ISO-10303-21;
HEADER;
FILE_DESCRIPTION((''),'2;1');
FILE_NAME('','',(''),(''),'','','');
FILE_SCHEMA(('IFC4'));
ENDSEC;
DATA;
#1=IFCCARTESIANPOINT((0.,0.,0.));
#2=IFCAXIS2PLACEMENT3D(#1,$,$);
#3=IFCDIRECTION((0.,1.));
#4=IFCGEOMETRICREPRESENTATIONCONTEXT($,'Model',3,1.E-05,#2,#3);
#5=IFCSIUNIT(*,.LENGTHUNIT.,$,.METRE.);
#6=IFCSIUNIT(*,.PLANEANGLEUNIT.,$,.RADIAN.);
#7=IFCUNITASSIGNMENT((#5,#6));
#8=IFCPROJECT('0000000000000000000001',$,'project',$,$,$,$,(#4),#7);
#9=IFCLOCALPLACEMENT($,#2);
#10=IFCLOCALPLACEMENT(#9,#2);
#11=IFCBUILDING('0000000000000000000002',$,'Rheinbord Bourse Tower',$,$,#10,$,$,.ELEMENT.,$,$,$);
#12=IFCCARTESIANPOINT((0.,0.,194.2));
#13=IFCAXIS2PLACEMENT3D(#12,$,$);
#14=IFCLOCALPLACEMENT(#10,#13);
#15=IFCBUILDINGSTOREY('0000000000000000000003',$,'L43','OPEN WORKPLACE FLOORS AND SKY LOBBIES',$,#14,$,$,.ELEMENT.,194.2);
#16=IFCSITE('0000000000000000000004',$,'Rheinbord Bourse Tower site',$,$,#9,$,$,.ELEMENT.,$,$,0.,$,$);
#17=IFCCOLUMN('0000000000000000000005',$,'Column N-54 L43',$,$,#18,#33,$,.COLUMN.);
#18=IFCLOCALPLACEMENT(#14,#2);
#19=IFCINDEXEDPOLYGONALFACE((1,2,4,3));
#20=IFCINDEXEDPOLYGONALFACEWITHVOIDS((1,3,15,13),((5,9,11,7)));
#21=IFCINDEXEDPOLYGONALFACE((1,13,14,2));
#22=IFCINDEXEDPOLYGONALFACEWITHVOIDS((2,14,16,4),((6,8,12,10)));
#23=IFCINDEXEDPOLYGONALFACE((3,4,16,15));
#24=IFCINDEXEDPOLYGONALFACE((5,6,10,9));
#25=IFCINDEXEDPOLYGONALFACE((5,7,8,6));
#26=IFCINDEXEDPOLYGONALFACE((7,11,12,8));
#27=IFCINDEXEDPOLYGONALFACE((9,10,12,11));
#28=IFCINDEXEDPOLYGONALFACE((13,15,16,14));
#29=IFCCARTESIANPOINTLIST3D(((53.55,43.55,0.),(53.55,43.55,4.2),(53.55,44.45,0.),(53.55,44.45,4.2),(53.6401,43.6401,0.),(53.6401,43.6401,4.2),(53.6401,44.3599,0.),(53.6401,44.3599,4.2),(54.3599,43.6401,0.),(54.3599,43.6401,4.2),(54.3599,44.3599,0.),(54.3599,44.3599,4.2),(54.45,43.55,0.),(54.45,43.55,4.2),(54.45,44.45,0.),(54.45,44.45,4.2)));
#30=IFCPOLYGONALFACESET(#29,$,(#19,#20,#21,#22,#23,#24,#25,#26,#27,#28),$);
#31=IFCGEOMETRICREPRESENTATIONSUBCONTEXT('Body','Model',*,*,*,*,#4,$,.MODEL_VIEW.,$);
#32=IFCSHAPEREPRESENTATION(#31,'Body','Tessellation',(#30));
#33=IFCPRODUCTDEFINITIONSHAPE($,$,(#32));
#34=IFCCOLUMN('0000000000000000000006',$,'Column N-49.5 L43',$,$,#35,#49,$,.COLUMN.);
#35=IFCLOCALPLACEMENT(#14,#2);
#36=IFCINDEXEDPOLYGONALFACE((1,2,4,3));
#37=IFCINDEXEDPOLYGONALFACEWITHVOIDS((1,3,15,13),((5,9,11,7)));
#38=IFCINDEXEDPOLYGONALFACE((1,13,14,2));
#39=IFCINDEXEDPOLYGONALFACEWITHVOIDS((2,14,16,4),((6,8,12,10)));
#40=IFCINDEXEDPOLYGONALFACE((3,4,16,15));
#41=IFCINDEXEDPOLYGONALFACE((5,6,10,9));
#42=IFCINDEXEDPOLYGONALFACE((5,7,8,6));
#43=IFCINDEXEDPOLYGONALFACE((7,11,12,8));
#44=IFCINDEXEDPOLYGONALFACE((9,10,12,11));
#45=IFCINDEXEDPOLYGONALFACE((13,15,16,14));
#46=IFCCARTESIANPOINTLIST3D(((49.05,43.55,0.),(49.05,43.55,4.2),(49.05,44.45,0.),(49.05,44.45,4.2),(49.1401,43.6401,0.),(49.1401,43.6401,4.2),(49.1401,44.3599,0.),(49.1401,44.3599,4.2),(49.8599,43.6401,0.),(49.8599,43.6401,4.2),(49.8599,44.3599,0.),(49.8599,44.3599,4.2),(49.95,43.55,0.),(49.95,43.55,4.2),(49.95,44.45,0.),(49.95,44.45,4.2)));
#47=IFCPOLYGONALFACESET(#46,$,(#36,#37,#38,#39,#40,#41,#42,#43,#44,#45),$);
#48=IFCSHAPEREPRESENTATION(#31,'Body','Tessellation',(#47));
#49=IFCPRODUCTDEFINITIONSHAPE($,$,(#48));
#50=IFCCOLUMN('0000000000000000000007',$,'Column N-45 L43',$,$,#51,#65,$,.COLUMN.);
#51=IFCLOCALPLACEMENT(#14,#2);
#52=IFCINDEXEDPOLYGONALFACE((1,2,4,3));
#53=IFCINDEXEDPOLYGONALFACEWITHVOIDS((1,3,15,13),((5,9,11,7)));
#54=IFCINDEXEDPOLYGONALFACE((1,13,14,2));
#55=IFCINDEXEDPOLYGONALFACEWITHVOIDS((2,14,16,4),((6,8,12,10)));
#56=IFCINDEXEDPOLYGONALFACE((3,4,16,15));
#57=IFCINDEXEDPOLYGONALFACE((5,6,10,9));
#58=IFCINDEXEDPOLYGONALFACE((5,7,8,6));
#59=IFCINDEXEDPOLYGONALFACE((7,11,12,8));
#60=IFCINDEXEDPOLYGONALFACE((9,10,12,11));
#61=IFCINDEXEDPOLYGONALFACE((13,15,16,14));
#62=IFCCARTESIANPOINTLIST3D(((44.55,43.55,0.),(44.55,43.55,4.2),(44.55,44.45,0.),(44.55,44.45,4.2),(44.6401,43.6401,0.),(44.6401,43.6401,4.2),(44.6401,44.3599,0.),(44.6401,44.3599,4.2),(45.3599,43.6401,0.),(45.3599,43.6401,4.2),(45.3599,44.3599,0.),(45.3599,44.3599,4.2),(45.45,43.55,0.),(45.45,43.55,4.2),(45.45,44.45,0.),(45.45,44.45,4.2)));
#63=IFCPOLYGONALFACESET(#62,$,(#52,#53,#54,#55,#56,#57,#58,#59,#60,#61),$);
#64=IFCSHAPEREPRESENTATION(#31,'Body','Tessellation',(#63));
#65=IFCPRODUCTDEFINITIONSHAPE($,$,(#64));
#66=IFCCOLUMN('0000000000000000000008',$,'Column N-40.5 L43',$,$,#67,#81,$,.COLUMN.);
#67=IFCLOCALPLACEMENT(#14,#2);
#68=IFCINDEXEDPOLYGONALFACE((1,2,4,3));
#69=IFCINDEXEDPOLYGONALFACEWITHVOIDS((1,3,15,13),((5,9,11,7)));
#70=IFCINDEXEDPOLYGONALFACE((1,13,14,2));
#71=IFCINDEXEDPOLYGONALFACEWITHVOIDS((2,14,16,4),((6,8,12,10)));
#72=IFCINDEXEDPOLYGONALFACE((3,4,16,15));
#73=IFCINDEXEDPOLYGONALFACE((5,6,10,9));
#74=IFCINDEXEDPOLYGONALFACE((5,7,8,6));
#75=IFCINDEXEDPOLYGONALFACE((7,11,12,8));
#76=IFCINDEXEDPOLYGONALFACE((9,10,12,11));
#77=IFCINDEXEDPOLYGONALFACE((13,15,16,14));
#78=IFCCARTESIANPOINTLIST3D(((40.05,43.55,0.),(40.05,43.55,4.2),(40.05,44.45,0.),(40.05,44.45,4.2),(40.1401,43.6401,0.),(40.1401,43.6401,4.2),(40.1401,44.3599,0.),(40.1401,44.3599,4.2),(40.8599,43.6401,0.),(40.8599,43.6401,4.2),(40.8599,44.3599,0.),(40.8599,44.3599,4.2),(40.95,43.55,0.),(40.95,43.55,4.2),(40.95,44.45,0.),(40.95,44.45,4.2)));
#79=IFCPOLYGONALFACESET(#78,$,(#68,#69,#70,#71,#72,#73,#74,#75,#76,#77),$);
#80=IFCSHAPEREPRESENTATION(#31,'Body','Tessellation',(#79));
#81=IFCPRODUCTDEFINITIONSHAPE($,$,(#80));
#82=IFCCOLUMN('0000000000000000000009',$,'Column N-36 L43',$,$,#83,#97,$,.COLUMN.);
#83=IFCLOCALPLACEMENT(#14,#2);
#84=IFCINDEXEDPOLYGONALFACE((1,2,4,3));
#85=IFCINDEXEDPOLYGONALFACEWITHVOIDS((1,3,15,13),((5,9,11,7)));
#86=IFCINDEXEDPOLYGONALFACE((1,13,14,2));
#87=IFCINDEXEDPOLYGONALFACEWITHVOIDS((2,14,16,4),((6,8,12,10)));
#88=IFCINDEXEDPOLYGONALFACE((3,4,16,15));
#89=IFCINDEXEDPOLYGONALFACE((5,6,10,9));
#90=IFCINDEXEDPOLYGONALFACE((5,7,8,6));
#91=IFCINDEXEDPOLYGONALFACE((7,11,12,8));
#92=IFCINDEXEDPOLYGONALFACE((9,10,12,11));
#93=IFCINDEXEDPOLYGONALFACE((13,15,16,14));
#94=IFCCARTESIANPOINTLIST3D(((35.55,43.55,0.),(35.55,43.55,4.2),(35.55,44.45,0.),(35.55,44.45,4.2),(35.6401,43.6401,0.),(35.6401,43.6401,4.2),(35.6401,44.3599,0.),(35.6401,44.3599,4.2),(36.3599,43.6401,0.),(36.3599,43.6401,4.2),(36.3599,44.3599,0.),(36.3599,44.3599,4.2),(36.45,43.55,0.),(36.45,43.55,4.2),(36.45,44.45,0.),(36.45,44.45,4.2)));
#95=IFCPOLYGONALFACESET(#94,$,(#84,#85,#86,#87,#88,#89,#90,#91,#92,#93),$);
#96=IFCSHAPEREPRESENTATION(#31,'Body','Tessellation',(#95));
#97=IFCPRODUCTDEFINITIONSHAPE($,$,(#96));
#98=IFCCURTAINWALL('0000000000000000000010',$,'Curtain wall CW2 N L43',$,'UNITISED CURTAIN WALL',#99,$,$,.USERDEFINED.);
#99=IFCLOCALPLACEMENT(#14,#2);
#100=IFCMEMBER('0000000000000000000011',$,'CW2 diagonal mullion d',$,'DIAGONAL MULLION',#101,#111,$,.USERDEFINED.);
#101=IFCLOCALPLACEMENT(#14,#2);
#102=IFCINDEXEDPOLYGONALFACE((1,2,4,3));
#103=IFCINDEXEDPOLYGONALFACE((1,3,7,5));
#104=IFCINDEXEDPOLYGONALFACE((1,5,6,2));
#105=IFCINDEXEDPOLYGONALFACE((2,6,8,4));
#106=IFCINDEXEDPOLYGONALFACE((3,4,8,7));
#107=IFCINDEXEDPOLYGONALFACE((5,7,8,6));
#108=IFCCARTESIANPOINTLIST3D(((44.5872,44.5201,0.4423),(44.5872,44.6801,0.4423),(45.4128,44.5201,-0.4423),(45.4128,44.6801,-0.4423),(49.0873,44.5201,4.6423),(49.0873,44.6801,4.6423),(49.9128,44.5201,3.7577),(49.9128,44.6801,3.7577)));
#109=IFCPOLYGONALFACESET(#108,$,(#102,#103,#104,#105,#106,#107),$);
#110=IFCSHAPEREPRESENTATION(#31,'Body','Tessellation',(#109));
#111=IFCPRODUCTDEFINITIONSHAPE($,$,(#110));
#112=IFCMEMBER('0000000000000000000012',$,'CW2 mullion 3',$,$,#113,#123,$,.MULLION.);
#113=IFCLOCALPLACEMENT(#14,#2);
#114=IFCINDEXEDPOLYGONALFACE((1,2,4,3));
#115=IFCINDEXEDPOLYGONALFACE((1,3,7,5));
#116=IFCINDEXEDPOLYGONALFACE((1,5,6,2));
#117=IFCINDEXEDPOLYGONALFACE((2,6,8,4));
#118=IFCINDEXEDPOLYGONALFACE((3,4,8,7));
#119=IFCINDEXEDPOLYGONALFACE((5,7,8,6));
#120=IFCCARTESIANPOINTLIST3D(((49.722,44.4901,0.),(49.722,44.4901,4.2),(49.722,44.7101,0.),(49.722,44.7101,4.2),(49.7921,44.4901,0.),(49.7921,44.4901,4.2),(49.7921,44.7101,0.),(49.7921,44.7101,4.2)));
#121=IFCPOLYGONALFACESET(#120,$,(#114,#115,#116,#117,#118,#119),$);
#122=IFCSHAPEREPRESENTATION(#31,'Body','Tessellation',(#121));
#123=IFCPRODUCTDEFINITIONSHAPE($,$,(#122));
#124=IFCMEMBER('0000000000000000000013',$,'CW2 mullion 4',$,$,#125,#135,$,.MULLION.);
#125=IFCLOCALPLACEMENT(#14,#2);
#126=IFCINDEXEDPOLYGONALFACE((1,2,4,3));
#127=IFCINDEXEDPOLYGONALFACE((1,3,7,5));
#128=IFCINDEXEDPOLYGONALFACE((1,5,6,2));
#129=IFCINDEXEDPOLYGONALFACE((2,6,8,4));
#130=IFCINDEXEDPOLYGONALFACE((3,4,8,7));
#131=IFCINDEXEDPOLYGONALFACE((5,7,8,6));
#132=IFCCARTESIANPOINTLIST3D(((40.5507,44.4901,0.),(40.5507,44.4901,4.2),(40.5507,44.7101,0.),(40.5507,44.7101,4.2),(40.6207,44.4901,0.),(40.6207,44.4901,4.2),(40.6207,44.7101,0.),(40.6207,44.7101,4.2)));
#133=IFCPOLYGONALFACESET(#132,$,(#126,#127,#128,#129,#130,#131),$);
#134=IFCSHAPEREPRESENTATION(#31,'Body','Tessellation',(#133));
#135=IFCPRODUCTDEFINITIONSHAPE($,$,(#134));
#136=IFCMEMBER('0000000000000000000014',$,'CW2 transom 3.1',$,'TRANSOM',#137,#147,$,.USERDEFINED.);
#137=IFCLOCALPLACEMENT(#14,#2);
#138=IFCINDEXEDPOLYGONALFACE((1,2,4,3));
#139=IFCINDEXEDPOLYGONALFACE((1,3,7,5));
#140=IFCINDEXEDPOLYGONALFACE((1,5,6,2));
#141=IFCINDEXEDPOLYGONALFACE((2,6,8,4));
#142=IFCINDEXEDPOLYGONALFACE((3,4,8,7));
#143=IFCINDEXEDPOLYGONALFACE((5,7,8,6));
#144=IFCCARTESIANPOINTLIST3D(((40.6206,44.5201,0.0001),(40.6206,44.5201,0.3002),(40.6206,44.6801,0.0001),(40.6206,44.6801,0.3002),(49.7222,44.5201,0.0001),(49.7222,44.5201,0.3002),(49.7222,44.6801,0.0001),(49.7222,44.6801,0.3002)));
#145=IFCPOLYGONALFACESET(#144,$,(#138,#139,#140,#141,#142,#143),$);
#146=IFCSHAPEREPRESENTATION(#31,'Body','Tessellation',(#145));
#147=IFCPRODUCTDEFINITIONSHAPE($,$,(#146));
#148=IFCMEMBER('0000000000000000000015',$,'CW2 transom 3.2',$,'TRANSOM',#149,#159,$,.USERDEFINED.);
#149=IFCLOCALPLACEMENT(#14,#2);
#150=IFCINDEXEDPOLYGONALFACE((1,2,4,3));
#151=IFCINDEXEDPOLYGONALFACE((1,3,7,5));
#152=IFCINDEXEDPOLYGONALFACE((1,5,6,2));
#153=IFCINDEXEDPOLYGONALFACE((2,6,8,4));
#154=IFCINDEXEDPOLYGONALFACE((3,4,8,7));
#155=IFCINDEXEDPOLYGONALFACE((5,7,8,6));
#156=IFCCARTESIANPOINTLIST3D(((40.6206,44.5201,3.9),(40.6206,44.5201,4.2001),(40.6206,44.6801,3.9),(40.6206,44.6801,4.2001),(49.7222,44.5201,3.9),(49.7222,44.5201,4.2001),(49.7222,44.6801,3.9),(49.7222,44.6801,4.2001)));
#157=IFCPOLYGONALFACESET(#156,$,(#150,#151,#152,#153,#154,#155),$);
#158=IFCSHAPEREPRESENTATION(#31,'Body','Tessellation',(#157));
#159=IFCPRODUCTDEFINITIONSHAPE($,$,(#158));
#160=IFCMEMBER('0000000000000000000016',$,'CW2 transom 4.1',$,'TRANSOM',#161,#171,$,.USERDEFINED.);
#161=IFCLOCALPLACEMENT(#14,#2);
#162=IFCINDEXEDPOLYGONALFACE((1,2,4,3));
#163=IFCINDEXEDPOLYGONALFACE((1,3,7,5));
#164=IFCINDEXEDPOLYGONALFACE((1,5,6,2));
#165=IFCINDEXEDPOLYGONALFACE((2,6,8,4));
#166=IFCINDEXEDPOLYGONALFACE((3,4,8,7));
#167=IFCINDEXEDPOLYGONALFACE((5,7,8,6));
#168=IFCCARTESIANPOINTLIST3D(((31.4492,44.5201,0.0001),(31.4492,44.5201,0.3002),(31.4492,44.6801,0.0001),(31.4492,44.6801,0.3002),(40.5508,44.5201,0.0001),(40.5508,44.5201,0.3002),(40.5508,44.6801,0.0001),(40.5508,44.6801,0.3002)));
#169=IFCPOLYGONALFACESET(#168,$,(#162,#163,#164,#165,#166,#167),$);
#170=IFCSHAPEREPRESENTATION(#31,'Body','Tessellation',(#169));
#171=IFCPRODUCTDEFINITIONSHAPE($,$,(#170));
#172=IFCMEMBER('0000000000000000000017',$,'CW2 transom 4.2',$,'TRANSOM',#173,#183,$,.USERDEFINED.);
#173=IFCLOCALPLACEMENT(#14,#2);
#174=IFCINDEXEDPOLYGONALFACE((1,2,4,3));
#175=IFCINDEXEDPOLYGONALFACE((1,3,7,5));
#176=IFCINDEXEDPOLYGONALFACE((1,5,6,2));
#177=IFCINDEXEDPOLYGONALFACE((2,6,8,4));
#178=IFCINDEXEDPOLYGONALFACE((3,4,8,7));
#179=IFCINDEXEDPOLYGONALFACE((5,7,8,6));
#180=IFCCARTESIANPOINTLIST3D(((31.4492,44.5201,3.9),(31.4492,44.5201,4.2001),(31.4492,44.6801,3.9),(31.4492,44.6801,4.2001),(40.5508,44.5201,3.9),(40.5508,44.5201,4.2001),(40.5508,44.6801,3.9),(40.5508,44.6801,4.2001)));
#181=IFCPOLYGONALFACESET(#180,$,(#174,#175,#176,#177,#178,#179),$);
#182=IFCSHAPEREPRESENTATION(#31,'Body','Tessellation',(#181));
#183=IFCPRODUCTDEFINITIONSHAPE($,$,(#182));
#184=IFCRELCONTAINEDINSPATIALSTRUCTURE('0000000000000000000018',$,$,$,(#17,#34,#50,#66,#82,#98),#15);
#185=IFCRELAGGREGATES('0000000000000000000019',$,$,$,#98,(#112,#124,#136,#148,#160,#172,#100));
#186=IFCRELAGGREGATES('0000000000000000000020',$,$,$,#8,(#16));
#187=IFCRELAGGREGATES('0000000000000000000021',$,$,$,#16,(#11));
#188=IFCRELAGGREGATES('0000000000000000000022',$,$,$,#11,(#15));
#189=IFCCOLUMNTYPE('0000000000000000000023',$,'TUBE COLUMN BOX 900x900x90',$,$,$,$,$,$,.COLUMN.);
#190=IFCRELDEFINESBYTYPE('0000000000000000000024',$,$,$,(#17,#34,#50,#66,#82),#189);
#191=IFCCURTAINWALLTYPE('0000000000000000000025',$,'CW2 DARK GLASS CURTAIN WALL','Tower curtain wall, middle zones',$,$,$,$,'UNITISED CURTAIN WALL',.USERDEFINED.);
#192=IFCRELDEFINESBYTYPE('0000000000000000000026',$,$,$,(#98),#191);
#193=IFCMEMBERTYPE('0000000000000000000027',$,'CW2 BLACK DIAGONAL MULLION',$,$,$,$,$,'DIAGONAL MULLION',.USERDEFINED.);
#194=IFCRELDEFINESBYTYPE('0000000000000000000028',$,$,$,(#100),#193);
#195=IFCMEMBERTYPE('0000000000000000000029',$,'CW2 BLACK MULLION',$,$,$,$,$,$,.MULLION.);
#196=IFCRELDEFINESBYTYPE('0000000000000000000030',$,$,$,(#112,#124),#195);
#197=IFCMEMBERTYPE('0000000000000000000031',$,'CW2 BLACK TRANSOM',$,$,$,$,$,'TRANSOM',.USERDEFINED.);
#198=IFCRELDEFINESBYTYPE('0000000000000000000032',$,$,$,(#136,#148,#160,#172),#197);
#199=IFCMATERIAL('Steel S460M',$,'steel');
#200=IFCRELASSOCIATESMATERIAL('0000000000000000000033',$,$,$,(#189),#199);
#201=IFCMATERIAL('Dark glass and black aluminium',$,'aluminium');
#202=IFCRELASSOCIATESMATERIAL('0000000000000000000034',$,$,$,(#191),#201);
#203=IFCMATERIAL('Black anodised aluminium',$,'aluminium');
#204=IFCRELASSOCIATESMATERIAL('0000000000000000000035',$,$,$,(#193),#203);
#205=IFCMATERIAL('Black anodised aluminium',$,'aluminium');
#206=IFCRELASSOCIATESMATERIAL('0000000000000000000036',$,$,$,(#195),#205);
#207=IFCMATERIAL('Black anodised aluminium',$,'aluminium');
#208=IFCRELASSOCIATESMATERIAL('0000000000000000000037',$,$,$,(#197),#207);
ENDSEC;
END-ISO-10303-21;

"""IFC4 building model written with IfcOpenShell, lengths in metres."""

from ifc_helpers import new_model, si_unit, direction, frame, origin, origin_2d, place, context, subcontext, project, spatial, rectangle, hollow_rectangle, extrude, material, material_profile, profile_set, type_object, element, aggregate, save


model = new_model("IFC4")

# Units and contexts
model_context = context("Model", 3, precision=1e-05, world=origin(), true_north=direction((0.0, 1.0)))
body_context = subcontext(model_context, "Body", "Model", "MODEL_VIEW")
ifc_project = project(units=[si_unit("LENGTHUNIT", "METRE"), si_unit("PLANEANGLEUNIT", "RADIAN")], contexts=[model_context])

# Site, building, storey
site_placement = place(None, origin())
site = spatial("IfcSite", under=ifc_project, at=site_placement, Name="Rheinbord Bourse Tower site", CompositionType="ELEMENT", RefElevation=0.0)
building_placement = place(site_placement, origin())
building = spatial("IfcBuilding", under=site, at=building_placement, Name="Rheinbord Bourse Tower", CompositionType="ELEMENT")
storey_placement = place(building_placement, frame((0.0, 0.0, 194.2)))
storey = spatial("IfcBuildingStorey", under=building, at=storey_placement, Name="L43", Description="OPEN WORKPLACE FLOORS AND SKY LOBBIES", CompositionType="ELEMENT", Elevation=194.2)

# Columns
ifc_material_1 = material(Name="Steel S460M", Category="steel")
ifc_material_profile_1 = material_profile(ifc_material_1, hollow_rectangle(XDim=0.8999, YDim=0.8999, WallThickness=0.0901, at=origin_2d()), Name="BOX 900x900x90")
ifc_profile_set_1 = profile_set([ifc_material_profile_1], Name="Steel S460M")
column_type = type_object("IfcColumnType", Name="TUBE COLUMN BOX 900x900x90", PredefinedType="COLUMN", material=ifc_profile_set_1)
for number, where, z_axis, x_axis, name in (
    (1, (54.0, 44.0, 0.0), (0.0, 0.0, 1.0), (0.0, 1.0, 0.0), "Column N-54 L43"),
    (2, (49.5, 44.0, 0.0), (0.0, 0.0, 1.0), (0.0, 1.0, 0.0), "Column N-49.5 L43"),
    (3, (45.0, 44.0, 0.0), (0.0, 0.0, 1.0), (0.0, 1.0, 0.0), "Column N-45 L43"),
    (4, (40.5, 44.0, 0.0), (0.0, 0.0, 1.0), (0.0, 1.0, 0.0), "Column N-40.5 L43"),
    (5, (36.0, 44.0, 0.0), (0.0, 0.0, 1.0), (0.0, 1.0, 0.0), "Column N-36 L43"),
):
    element("IfcColumn", number, at=place(storey_placement, frame(where, z_axis=z_axis, x_axis=x_axis)), inside=storey, type_object=column_type, Name=name, PredefinedType="COLUMN", context=body_context, shape_type="SweptSolid", body=[
        extrude(hollow_rectangle(XDim=0.8999, YDim=0.8999, WallThickness=0.0901, at=origin_2d()), origin(), (0.0, 0.0, 1.0), 4.2),
    ])

# Curtain wall, members
ifc_material_2 = material(Name="Dark glass and black aluminium", Category="aluminium")
curtain_wall_type = type_object("IfcCurtainWallType", Name="CW2 DARK GLASS CURTAIN WALL", Description="Tower curtain wall, middle zones", ElementType="UNITISED CURTAIN WALL", PredefinedType="USERDEFINED", material=ifc_material_2)
curtain_wall_placement = place(storey_placement, origin())
curtain_wall = element("IfcCurtainWall", 6, at=curtain_wall_placement, inside=storey, type_object=curtain_wall_type, Name="Curtain wall CW2 N L43", ObjectType="UNITISED CURTAIN WALL", PredefinedType="USERDEFINED")
ifc_material_3 = material(Name="Black anodised aluminium", Category="aluminium")
ifc_material_profile_2 = material_profile(ifc_material_3, rectangle(XDim=0.1599, YDim=1.21, at=origin_2d()), Name="CW2 DIAGONAL MULLION 1210x160")
ifc_profile_set_2 = profile_set([ifc_material_profile_2], Name="Black anodised aluminium")
member_type_1 = type_object("IfcMemberType", Name="CW2 BLACK DIAGONAL MULLION", ElementType="DIAGONAL MULLION", PredefinedType="USERDEFINED", material=ifc_profile_set_2)
member_1_placement = place(storey_placement, frame((45.0, 44.6001, 0.0), z_axis=(0.731059, 0.0, 0.682314), x_axis=(0.0, 1.0, 0.0)))
member_1 = element("IfcMember", 7, at=member_1_placement, type_object=member_type_1, Name="CW2 diagonal mullion d", ObjectType="DIAGONAL MULLION", PredefinedType="USERDEFINED", context=body_context, shape_type="SweptSolid", body=[
    extrude(rectangle(XDim=0.1599, YDim=1.21, at=origin_2d()), origin(), (0.0, 0.0, 1.0), 6.1555),
])
ifc_material_4 = material(Name="Black anodised aluminium", Category="aluminium")
ifc_material_profile_3 = material_profile(ifc_material_4, rectangle(XDim=0.22, YDim=0.0701, at=origin_2d()), Name="CW2 MULLION 70x220")
ifc_profile_set_3 = profile_set([ifc_material_profile_3], Name="Black anodised aluminium")
member_type_2 = type_object("IfcMemberType", Name="CW2 BLACK MULLION", PredefinedType="MULLION", material=ifc_profile_set_3)
member_2_placement = place(storey_placement, frame((49.7571, 44.6001, 0.0), z_axis=(0.0, 0.0, 1.0), x_axis=(0.0, -1.0, 0.0)))
member_2 = element("IfcMember", 8, at=member_2_placement, type_object=member_type_2, Name="CW2 mullion 3", PredefinedType="MULLION", context=body_context, shape_type="SweptSolid", body=[
    extrude(rectangle(XDim=0.22, YDim=0.0701, at=origin_2d()), origin(), (0.0, 0.0, 1.0), 4.2),
])
member_3_placement = place(storey_placement, frame((40.5857, 44.6001, 0.0), z_axis=(0.0, 0.0, 1.0), x_axis=(0.0, -1.0, 0.0)))
member_3 = element("IfcMember", 9, at=member_3_placement, type_object=member_type_2, Name="CW2 mullion 4", PredefinedType="MULLION", context=body_context, shape_type="SweptSolid", body=[
    extrude(rectangle(XDim=0.22, YDim=0.0701, at=origin_2d()), origin(), (0.0, 0.0, 1.0), 4.2),
])
ifc_material_5 = material(Name="Black anodised aluminium", Category="aluminium")
ifc_material_profile_4 = material_profile(ifc_material_5, rectangle(XDim=0.1599, YDim=0.3, at=origin_2d()), Name="CW2 TRANSOM 300x160")
ifc_profile_set_4 = profile_set([ifc_material_profile_4], Name="Black anodised aluminium")
member_type_3 = type_object("IfcMemberType", Name="CW2 BLACK TRANSOM", ElementType="TRANSOM", PredefinedType="USERDEFINED", material=ifc_profile_set_4)
member_4_placement = place(storey_placement, frame((49.7222, 44.6001, 0.1501), z_axis=(-1.0, 0.0, 0.0), x_axis=(0.0, -1.0, 0.0)))
member_4 = element("IfcMember", 10, at=member_4_placement, type_object=member_type_3, Name="CW2 transom 3.1", ObjectType="TRANSOM", PredefinedType="USERDEFINED", context=body_context, shape_type="SweptSolid", body=[
    extrude(rectangle(XDim=0.1599, YDim=0.3, at=origin_2d()), origin(), (0.0, 0.0, 1.0), 9.1016),
])
member_5_placement = place(storey_placement, frame((49.7222, 44.6001, 4.05), z_axis=(-1.0, 0.0, 0.0), x_axis=(0.0, -1.0, 0.0)))
member_5 = element("IfcMember", 11, at=member_5_placement, type_object=member_type_3, Name="CW2 transom 3.2", ObjectType="TRANSOM", PredefinedType="USERDEFINED", context=body_context, shape_type="SweptSolid", body=[
    extrude(rectangle(XDim=0.1599, YDim=0.3, at=origin_2d()), origin(), (0.0, 0.0, 1.0), 9.1016),
])
member_6_placement = place(storey_placement, frame((40.5508, 44.6001, 0.1501), z_axis=(-1.0, 0.0, 0.0), x_axis=(0.0, -1.0, 0.0)))
member_6 = element("IfcMember", 12, at=member_6_placement, type_object=member_type_3, Name="CW2 transom 4.1", ObjectType="TRANSOM", PredefinedType="USERDEFINED", context=body_context, shape_type="SweptSolid", body=[
    extrude(rectangle(XDim=0.1599, YDim=0.3, at=origin_2d()), origin(), (0.0, 0.0, 1.0), 9.1016),
])
member_7_placement = place(storey_placement, frame((40.5508, 44.6001, 4.05), z_axis=(-1.0, 0.0, 0.0), x_axis=(0.0, -1.0, 0.0)))
member_7 = element("IfcMember", 13, at=member_7_placement, type_object=member_type_3, Name="CW2 transom 4.2", ObjectType="TRANSOM", PredefinedType="USERDEFINED", context=body_context, shape_type="SweptSolid", body=[
    extrude(rectangle(XDim=0.1599, YDim=0.3, at=origin_2d()), origin(), (0.0, 0.0, 1.0), 9.1016),
])

aggregate(curtain_wall, [member_2, member_3, member_4, member_5, member_6, member_7, member_1])

save(model, "model.ifc")
